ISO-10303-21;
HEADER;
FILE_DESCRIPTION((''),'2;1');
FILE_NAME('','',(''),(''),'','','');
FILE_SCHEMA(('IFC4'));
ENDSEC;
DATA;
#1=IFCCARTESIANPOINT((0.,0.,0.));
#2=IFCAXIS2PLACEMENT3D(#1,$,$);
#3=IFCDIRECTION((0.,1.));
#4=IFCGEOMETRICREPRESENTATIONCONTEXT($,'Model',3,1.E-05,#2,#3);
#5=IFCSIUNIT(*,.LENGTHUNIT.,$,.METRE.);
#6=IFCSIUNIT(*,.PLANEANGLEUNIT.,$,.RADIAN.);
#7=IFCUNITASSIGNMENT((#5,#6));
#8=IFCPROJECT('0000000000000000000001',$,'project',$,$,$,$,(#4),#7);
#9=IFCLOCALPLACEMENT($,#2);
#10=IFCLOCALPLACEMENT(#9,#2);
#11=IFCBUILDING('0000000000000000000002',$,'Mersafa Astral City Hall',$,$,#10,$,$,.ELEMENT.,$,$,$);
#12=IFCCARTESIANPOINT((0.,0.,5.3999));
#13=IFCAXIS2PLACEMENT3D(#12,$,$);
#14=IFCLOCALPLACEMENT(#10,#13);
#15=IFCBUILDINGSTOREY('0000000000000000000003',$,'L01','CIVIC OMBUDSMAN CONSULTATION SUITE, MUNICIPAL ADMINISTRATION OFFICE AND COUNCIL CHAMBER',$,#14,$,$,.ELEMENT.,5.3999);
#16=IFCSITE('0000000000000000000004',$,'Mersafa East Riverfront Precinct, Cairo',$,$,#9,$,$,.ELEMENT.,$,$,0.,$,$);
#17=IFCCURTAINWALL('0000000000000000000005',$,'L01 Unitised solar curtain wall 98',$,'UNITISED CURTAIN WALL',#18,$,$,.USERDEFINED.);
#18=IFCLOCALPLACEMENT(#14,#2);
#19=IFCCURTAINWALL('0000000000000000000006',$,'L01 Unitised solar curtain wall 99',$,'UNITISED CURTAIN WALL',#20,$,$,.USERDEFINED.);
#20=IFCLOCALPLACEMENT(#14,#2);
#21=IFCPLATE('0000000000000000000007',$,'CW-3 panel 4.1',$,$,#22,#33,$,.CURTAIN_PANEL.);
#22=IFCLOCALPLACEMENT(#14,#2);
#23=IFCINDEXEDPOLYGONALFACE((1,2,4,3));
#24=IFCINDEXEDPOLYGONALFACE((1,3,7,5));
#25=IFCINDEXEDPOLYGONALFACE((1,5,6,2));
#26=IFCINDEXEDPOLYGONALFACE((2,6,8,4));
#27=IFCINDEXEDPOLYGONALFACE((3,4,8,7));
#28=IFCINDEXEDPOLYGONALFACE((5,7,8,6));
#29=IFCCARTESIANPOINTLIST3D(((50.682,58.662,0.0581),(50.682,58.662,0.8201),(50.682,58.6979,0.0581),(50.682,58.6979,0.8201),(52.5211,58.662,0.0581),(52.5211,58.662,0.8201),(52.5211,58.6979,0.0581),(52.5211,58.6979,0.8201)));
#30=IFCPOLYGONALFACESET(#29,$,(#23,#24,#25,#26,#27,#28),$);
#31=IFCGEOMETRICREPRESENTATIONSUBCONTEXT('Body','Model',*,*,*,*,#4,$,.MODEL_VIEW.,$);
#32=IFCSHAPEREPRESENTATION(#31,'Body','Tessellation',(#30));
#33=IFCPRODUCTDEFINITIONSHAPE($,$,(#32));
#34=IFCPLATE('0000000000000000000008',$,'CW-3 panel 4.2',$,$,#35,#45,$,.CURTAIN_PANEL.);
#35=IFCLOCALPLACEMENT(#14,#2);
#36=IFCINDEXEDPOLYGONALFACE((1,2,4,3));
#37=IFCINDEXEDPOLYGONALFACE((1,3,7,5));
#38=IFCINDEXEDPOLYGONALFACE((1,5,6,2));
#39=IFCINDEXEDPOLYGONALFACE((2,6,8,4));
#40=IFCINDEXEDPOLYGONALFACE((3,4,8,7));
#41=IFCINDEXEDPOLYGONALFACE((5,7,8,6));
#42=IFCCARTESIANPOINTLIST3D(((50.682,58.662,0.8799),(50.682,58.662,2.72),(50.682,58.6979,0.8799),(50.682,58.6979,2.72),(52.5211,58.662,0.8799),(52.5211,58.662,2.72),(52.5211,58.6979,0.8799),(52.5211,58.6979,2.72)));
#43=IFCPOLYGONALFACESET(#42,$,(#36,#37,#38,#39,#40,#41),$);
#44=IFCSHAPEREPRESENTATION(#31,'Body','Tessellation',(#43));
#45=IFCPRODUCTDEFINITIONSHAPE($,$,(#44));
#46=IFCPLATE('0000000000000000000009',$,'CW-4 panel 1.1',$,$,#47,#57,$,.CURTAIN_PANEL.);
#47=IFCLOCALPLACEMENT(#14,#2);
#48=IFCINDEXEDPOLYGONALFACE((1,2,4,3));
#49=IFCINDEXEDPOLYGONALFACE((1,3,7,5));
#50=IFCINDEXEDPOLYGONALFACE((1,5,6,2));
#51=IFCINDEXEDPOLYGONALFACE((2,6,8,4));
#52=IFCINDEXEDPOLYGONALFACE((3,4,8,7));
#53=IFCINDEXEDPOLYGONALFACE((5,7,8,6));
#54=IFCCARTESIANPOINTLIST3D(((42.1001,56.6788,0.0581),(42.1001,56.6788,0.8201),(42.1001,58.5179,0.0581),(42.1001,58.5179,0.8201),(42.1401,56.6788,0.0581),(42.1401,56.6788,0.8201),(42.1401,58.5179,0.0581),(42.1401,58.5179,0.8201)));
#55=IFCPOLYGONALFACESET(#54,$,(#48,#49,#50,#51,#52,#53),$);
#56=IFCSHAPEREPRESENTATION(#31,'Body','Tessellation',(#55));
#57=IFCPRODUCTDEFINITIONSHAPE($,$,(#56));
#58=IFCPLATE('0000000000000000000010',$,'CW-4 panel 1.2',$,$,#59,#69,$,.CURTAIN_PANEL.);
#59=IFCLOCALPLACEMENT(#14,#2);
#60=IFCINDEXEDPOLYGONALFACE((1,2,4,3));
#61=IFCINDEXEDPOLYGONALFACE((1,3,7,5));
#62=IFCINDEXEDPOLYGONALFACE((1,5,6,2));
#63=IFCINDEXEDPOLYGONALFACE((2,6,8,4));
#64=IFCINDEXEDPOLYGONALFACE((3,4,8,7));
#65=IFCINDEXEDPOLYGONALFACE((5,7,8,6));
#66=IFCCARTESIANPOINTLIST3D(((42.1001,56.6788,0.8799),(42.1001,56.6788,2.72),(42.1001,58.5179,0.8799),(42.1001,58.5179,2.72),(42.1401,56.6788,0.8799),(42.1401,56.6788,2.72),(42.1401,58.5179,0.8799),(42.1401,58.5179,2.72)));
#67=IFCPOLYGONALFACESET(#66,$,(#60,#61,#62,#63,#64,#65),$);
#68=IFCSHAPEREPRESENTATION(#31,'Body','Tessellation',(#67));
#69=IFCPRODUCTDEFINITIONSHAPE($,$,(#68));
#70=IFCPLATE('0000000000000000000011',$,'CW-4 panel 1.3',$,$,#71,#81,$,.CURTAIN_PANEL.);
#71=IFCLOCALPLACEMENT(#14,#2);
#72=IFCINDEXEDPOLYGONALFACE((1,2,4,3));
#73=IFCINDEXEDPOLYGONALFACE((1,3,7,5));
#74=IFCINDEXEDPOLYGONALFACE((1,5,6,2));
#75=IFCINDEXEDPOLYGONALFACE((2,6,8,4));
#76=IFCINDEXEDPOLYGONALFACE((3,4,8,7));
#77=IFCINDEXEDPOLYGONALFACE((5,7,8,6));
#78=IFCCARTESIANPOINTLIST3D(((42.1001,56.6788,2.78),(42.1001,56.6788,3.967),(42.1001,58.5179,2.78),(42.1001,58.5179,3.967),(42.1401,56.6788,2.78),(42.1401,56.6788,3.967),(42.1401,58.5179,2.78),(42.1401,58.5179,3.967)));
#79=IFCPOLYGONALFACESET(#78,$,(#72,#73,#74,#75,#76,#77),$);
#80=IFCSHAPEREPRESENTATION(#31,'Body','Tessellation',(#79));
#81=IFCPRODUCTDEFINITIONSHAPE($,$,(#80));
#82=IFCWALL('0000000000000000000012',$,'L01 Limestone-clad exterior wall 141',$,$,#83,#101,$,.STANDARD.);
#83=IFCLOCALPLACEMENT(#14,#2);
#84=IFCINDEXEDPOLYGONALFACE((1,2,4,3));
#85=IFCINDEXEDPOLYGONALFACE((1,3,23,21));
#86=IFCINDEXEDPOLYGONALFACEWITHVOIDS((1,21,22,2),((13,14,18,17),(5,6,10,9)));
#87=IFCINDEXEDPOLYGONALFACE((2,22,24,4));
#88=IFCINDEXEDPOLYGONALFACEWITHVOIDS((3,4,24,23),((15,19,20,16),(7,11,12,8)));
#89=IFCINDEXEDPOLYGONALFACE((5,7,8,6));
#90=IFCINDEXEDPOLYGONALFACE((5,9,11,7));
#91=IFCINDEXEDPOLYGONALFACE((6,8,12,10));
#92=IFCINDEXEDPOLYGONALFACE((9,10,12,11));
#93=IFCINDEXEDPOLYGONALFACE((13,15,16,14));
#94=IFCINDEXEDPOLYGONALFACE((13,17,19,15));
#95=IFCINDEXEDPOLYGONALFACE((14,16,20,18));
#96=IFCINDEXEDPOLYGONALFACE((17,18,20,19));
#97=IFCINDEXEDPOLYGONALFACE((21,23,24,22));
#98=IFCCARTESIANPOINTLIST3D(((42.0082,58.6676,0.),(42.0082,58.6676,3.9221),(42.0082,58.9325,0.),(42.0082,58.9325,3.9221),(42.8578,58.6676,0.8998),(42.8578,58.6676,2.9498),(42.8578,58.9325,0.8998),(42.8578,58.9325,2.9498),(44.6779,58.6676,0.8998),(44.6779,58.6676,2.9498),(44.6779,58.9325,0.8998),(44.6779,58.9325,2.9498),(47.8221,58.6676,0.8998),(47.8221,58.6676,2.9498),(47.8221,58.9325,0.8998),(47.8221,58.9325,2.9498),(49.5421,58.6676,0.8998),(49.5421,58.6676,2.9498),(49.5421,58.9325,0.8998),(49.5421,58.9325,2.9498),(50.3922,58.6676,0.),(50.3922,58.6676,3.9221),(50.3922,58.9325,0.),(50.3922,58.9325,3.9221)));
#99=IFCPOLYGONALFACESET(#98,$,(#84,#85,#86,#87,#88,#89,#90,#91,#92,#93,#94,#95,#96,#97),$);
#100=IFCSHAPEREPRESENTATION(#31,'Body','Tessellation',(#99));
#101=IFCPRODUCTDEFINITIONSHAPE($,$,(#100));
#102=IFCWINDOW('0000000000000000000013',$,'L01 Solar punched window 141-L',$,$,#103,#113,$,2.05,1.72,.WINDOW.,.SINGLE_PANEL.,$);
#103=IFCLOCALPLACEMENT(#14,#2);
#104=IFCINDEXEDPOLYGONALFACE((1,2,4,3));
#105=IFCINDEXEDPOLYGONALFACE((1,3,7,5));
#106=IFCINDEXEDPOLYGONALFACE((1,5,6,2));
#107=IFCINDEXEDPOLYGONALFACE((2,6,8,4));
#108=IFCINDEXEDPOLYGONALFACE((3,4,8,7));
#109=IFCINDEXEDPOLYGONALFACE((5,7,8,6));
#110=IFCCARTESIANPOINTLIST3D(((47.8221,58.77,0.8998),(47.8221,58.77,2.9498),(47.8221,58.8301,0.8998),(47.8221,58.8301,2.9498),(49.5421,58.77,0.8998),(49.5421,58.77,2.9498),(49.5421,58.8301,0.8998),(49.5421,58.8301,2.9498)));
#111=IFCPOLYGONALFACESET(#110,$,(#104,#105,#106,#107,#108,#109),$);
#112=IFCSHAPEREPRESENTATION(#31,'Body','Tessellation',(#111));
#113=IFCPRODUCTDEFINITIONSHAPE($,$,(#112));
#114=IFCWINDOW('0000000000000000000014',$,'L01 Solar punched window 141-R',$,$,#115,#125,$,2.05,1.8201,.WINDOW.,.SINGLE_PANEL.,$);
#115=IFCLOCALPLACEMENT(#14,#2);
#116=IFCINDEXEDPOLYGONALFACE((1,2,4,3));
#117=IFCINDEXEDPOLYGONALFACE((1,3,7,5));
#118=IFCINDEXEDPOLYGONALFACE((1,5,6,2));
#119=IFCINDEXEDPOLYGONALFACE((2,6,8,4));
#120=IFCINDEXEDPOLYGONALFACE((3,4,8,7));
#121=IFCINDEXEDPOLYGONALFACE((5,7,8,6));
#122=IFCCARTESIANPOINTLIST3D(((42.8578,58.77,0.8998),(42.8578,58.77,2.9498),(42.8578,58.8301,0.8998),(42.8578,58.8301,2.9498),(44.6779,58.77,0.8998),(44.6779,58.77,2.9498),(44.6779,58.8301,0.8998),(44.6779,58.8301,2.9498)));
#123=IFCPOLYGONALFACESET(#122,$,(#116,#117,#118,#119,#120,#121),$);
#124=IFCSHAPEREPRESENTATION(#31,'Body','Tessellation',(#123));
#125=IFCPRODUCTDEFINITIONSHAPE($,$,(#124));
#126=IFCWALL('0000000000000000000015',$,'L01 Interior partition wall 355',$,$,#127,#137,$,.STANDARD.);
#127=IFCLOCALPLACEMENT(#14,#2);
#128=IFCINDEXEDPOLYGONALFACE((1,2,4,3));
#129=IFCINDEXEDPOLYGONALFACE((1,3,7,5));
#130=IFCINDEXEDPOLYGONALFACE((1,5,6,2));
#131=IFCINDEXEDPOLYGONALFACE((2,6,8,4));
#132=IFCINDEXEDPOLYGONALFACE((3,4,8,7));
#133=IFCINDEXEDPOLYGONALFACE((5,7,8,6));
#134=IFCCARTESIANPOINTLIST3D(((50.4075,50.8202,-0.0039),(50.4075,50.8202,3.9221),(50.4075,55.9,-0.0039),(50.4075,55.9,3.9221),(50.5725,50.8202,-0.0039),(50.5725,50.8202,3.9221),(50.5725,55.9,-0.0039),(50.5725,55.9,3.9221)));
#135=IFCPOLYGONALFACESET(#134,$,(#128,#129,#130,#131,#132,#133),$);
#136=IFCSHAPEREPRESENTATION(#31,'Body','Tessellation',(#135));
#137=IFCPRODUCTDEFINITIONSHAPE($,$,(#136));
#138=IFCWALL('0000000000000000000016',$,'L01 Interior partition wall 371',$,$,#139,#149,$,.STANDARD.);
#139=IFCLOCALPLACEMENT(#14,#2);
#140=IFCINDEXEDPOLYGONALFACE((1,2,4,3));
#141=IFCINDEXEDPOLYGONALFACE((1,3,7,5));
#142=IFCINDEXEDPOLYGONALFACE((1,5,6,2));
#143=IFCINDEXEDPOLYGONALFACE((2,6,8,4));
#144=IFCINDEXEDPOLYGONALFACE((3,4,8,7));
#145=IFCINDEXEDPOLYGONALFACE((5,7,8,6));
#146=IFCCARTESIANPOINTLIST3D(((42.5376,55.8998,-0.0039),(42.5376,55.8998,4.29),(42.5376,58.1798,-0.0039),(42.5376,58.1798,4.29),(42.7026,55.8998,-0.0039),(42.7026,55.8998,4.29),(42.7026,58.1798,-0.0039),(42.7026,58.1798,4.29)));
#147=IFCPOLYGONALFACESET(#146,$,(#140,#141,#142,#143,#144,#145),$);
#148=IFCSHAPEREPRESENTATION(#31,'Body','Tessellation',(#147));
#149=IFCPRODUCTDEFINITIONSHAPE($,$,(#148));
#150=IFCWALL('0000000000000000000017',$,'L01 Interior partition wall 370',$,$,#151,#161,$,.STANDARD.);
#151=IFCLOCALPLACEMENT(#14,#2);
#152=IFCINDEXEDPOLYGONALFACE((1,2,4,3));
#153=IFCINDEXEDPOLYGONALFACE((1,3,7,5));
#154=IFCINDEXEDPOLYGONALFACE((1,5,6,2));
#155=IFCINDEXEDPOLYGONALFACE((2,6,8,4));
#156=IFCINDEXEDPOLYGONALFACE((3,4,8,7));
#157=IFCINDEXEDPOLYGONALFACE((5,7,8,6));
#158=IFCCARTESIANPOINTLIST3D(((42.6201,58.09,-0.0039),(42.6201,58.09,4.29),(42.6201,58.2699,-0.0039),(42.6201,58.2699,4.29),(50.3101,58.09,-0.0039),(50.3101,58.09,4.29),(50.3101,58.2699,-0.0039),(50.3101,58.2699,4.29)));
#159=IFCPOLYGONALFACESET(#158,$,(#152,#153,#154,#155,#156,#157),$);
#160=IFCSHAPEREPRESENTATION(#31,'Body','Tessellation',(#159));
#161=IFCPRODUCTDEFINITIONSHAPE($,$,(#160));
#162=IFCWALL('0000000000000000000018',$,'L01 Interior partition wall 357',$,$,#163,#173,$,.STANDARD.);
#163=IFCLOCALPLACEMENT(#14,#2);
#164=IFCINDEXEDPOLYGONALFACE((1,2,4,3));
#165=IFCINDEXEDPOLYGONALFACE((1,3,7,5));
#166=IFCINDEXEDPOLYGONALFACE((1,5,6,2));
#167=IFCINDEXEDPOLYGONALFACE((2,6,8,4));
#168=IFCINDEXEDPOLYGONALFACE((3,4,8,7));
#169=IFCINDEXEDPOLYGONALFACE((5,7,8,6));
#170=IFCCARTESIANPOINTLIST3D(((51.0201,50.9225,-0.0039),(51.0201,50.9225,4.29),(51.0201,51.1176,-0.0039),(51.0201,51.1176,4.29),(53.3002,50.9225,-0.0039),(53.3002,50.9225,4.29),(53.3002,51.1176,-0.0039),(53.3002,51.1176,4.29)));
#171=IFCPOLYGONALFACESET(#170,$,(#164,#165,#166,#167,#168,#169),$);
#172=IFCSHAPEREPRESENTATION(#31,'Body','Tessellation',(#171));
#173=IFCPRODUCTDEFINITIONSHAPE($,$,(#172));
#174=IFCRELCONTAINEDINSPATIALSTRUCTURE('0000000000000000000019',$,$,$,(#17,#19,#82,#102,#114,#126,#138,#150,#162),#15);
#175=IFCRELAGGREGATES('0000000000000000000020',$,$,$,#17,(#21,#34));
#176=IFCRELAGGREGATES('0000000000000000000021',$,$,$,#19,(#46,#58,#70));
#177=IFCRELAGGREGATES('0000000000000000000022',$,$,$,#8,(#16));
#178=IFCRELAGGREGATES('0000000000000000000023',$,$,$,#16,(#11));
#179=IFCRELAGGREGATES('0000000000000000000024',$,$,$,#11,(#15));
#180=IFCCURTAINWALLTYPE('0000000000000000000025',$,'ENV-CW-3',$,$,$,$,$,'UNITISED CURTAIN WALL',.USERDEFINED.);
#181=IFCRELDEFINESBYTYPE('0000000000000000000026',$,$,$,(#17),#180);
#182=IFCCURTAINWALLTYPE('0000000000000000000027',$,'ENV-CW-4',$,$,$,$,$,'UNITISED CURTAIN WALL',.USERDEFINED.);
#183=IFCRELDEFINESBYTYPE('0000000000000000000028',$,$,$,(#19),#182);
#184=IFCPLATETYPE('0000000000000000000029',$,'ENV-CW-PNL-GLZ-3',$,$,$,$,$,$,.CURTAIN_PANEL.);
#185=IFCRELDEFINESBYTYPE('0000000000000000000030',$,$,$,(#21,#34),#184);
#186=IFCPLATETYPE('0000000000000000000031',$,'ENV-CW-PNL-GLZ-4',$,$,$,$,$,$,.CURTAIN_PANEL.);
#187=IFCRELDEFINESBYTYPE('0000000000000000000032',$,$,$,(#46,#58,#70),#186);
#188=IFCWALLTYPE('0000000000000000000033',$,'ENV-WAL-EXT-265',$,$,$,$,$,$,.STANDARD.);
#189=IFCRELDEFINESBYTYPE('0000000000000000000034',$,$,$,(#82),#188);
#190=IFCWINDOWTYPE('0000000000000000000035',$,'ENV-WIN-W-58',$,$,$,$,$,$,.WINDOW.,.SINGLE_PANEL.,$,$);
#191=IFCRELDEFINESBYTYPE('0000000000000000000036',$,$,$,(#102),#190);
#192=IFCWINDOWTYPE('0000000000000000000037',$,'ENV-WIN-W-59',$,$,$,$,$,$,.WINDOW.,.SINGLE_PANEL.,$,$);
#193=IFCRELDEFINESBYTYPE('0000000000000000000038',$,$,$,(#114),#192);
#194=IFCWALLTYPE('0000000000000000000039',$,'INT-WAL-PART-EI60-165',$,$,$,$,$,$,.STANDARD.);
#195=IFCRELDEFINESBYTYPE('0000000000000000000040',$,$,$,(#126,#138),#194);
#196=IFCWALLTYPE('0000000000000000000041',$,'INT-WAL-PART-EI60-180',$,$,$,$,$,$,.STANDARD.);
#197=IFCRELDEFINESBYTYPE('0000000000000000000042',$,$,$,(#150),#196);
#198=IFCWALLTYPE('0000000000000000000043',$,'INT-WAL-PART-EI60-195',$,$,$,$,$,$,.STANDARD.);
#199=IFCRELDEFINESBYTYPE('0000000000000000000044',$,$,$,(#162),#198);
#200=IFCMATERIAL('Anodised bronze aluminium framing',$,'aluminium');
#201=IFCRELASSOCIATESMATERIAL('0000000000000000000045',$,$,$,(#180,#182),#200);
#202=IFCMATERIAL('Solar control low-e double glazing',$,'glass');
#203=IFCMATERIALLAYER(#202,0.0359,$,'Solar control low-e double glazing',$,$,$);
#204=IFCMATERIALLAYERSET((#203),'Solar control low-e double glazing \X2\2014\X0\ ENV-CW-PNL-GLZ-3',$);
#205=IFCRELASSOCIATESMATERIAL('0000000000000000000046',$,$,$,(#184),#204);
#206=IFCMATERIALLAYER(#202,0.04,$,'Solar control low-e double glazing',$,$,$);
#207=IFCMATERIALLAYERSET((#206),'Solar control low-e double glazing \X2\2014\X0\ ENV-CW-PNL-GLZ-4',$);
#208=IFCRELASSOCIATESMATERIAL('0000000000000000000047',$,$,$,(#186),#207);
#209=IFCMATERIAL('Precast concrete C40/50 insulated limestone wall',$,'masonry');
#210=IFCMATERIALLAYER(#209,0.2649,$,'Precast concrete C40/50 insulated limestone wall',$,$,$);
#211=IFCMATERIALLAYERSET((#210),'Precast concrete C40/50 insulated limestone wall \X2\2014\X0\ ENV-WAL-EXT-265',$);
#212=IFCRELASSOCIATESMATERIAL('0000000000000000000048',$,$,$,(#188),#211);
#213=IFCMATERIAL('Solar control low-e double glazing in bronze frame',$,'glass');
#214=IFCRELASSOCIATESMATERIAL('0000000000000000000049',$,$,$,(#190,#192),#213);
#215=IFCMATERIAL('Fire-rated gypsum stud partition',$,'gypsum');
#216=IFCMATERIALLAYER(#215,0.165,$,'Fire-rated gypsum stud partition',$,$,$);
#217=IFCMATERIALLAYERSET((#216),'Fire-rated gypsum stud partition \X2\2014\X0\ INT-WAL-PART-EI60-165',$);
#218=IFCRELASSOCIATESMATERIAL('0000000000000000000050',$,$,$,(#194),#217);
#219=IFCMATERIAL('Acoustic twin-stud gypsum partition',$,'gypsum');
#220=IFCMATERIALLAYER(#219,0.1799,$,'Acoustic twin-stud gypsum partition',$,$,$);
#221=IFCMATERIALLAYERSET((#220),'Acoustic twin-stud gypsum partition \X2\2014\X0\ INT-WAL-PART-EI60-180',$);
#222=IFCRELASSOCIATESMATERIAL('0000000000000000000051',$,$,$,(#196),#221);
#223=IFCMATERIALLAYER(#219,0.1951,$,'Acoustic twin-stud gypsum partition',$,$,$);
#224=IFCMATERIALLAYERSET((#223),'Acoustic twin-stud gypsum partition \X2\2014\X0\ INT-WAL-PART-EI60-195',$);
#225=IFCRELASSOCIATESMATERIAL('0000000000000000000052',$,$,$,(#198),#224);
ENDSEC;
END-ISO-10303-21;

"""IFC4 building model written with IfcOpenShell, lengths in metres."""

from ifc_helpers import new_model, si_unit, direction, frame, frame_2d, origin, origin_2d, place, context, subcontext, project, spatial, rectangle, extrude, material, layer, layer_set, type_object, element, fill, aggregate, save


model = new_model("IFC4")

# Units and contexts
model_context = context("Model", 3, precision=1e-05, world=origin(), true_north=direction((0.0, 1.0)))
body_context = subcontext(model_context, "Body", "Model", "MODEL_VIEW")
ifc_project = project(units=[si_unit("LENGTHUNIT", "METRE"), si_unit("PLANEANGLEUNIT", "RADIAN")], contexts=[model_context])

# Site, building, storey
site_placement = place(None, origin())
site = spatial("IfcSite", under=ifc_project, at=site_placement, Name="Mersafa East Riverfront Precinct, Cairo", CompositionType="ELEMENT", RefElevation=0.0)
building_placement = place(site_placement, origin())
building = spatial("IfcBuilding", under=site, at=building_placement, Name="Mersafa Astral City Hall", CompositionType="ELEMENT")
storey_placement = place(building_placement, frame((0.0, 0.0, 5.3999)))
storey = spatial("IfcBuildingStorey", under=building, at=storey_placement, Name="L01", Description="CIVIC OMBUDSMAN CONSULTATION SUITE, MUNICIPAL ADMINISTRATION OFFICE AND COUNCIL CHAMBER", CompositionType="ELEMENT", Elevation=5.3999)

# Curtain wall
ifc_material_1 = material(Name="Anodised bronze aluminium framing", Category="aluminium")
curtain_wall_type_1 = type_object("IfcCurtainWallType", Name="ENV-CW-3", ElementType="UNITISED CURTAIN WALL", PredefinedType="USERDEFINED", material=ifc_material_1)
curtain_wall_1_placement = place(storey_placement, origin())
curtain_wall_1 = element("IfcCurtainWall", 1, at=curtain_wall_1_placement, inside=storey, type_object=curtain_wall_type_1, Name="L01 Unitised solar curtain wall 98", ObjectType="UNITISED CURTAIN WALL", PredefinedType="USERDEFINED")

# Curtain wall
curtain_wall_type_2 = type_object("IfcCurtainWallType", Name="ENV-CW-4", ElementType="UNITISED CURTAIN WALL", PredefinedType="USERDEFINED", material=ifc_material_1)
curtain_wall_2_placement = place(storey_placement, origin())
curtain_wall_2 = element("IfcCurtainWall", 2, at=curtain_wall_2_placement, inside=storey, type_object=curtain_wall_type_2, Name="L01 Unitised solar curtain wall 99", ObjectType="UNITISED CURTAIN WALL", PredefinedType="USERDEFINED")

# Plates
ifc_material_2 = material(Name="Solar control low-e double glazing", Category="glass")
ifc_layer_1 = layer(ifc_material_2, 0.0359, Name="Solar control low-e double glazing")
ifc_layer_set_1 = layer_set([ifc_layer_1], Name="Solar control low-e double glazing — ENV-CW-PNL-GLZ-3")
plate_type_1 = type_object("IfcPlateType", Name="ENV-CW-PNL-GLZ-3", PredefinedType="CURTAIN_PANEL", material=ifc_layer_set_1)
plate_1_placement = place(storey_placement, frame((51.6016, 58.6799, 0.0581), z_axis=(0.0, 0.0, 1.0), x_axis=(-1.0, 0.0, 0.0)))
plate_1 = element("IfcPlate", 3, at=plate_1_placement, type_object=plate_type_1, Name="CW-3 panel 4.1", PredefinedType="CURTAIN_PANEL", context=body_context, shape_type="SweptSolid", body=[
    extrude(rectangle(XDim=1.8391, YDim=0.0359, at=origin_2d()), origin(), (0.0, 0.0, 1.0), 0.762),
])
plate_2_placement = place(storey_placement, frame((51.6016, 58.6799, 0.8799), z_axis=(0.0, 0.0, 1.0), x_axis=(-1.0, 0.0, 0.0)))
plate_2 = element("IfcPlate", 4, at=plate_2_placement, type_object=plate_type_1, Name="CW-3 panel 4.2", PredefinedType="CURTAIN_PANEL", context=body_context, shape_type="SweptSolid", body=[
    extrude(rectangle(XDim=1.8391, YDim=0.0359, at=origin_2d()), origin(), (0.0, 0.0, 1.0), 1.8401),
])
aggregate(curtain_wall_1, [plate_1, plate_2])
ifc_layer_2 = layer(ifc_material_2, 0.04, Name="Solar control low-e double glazing")
ifc_layer_set_2 = layer_set([ifc_layer_2], Name="Solar control low-e double glazing — ENV-CW-PNL-GLZ-4")
plate_type_2 = type_object("IfcPlateType", Name="ENV-CW-PNL-GLZ-4", PredefinedType="CURTAIN_PANEL", material=ifc_layer_set_2)
plate_3_placement = place(storey_placement, frame((42.1201, 57.5984, 0.0581), z_axis=(0.0, 0.0, 1.0), x_axis=(0.0, -1.0, 0.0)))
plate_3 = element("IfcPlate", 5, at=plate_3_placement, type_object=plate_type_2, Name="CW-4 panel 1.1", PredefinedType="CURTAIN_PANEL", context=body_context, shape_type="SweptSolid", body=[
    extrude(rectangle(XDim=1.8391, YDim=0.04, at=origin_2d()), origin(), (0.0, 0.0, 1.0), 0.762),
])
plate_4_placement = place(storey_placement, frame((42.1201, 57.5984, 0.8799), z_axis=(0.0, 0.0, 1.0), x_axis=(0.0, -1.0, 0.0)))
plate_4 = element("IfcPlate", 6, at=plate_4_placement, type_object=plate_type_2, Name="CW-4 panel 1.2", PredefinedType="CURTAIN_PANEL", context=body_context, shape_type="SweptSolid", body=[
    extrude(rectangle(XDim=1.8391, YDim=0.04, at=origin_2d()), origin(), (0.0, 0.0, 1.0), 1.8401),
])
plate_5_placement = place(storey_placement, frame((42.1201, 57.5984, 2.78), z_axis=(0.0, 0.0, 1.0), x_axis=(0.0, -1.0, 0.0)))
plate_5 = element("IfcPlate", 7, at=plate_5_placement, type_object=plate_type_2, Name="CW-4 panel 1.3", PredefinedType="CURTAIN_PANEL", context=body_context, shape_type="SweptSolid", body=[
    extrude(rectangle(XDim=1.8391, YDim=0.04, at=origin_2d()), origin(), (0.0, 0.0, 1.0), 1.187),
])
aggregate(curtain_wall_2, [plate_3, plate_4, plate_5])

# Wall, openings, windows
ifc_material_3 = material(Name="Precast concrete C40/50 insulated limestone wall", Category="masonry")
ifc_layer_3 = layer(ifc_material_3, 0.2649, Name="Precast concrete C40/50 insulated limestone wall")
ifc_layer_set_3 = layer_set([ifc_layer_3], Name="Precast concrete C40/50 insulated limestone wall — ENV-WAL-EXT-265")
wall_type_1 = type_object("IfcWallType", Name="ENV-WAL-EXT-265", PredefinedType="STANDARD", material=ifc_layer_set_3)
wall_1_placement = place(storey_placement, frame((50.3921, 58.8, 0.0), z_axis=(0.0, 0.0, 1.0), x_axis=(-1.0, 0.0, 0.0)))
wall_1 = element("IfcWall", 8, at=wall_1_placement, inside=storey, type_object=wall_type_1, Name="L01 Limestone-clad exterior wall 141", PredefinedType="STANDARD", context=body_context, shape_type="SweptSolid", body=[
    extrude(rectangle(XDim=8.384, YDim=0.2649, at=frame_2d((4.1919, 0.0))), origin(), (0.0, 0.0, 1.0), 3.9221),
])
opening_1_placement = place(wall_1_placement, frame((0.8501, 0.0, 0.8999)))
opening_1 = element("IfcOpeningElement", 9, at=opening_1_placement, cuts=wall_1, PredefinedType="OPENING", context=body_context, shape_type="SweptSolid", body=[
    extrude(rectangle(XDim=1.72, YDim=2.05, at=frame_2d((0.8599, 1.0249))), frame((0.0, 0.1423, 0.0), z_axis=(0.0, -1.0, 0.0), x_axis=(1.0, 0.0, 0.0)), (0.0, 0.0, 1.0), 0.2849),
])
opening_2_placement = place(wall_1_placement, frame((5.7141, 0.0, 0.8999)))
opening_2 = element("IfcOpeningElement", 10, at=opening_2_placement, cuts=wall_1, PredefinedType="OPENING", context=body_context, shape_type="SweptSolid", body=[
    extrude(rectangle(XDim=1.8201, YDim=2.05, at=frame_2d((0.9102, 1.0249))), frame((0.0, 0.1423, 0.0), z_axis=(0.0, -1.0, 0.0), x_axis=(1.0, 0.0, 0.0)), (0.0, 0.0, 1.0), 0.2849),
])
ifc_material_4 = material(Name="Solar control low-e double glazing in bronze frame", Category="glass")
window_type_1 = type_object("IfcWindowType", Name="ENV-WIN-W-58", PartitioningType="SINGLE_PANEL", PredefinedType="WINDOW", material=ifc_material_4)
window_1_placement = place(opening_1_placement, origin())
window_1 = element("IfcWindow", 11, at=window_1_placement, inside=storey, type_object=window_type_1, Name="L01 Solar punched window 141-L", OverallHeight=2.05, OverallWidth=1.72, PartitioningType="SINGLE_PANEL", PredefinedType="WINDOW", context=body_context, shape_type="SweptSolid", body=[
    extrude(rectangle(XDim=1.72, YDim=2.05, at=frame_2d((0.8599, 1.0249))), frame((0.0, 0.03, 0.0), z_axis=(0.0, -1.0, 0.0), x_axis=(1.0, 0.0, 0.0)), (0.0, 0.0, 1.0), 0.0601),
])
fill(opening_1, window_1)
window_type_2 = type_object("IfcWindowType", Name="ENV-WIN-W-59", PartitioningType="SINGLE_PANEL", PredefinedType="WINDOW", material=ifc_material_4)
window_2_placement = place(opening_2_placement, origin())
window_2 = element("IfcWindow", 12, at=window_2_placement, inside=storey, type_object=window_type_2, Name="L01 Solar punched window 141-R", OverallHeight=2.05, OverallWidth=1.8201, PartitioningType="SINGLE_PANEL", PredefinedType="WINDOW", context=body_context, shape_type="SweptSolid", body=[
    extrude(rectangle(XDim=1.8201, YDim=2.05, at=frame_2d((0.9102, 1.0249))), frame((0.0, 0.03, 0.0), z_axis=(0.0, -1.0, 0.0), x_axis=(1.0, 0.0, 0.0)), (0.0, 0.0, 1.0), 0.0601),
])
fill(opening_2, window_2)

# Walls
ifc_material_5 = material(Name="Fire-rated gypsum stud partition", Category="gypsum")
ifc_layer_4 = layer(ifc_material_5, 0.165, Name="Fire-rated gypsum stud partition")
ifc_layer_set_4 = layer_set([ifc_layer_4], Name="Fire-rated gypsum stud partition — INT-WAL-PART-EI60-165")
wall_type_2 = type_object("IfcWallType", Name="INT-WAL-PART-EI60-165", PredefinedType="STANDARD", material=ifc_layer_set_4)
wall_2_placement = place(storey_placement, frame((50.49, 50.8201, -0.0039), z_axis=(0.0, 0.0, 1.0), x_axis=(0.0, 1.0, 0.0)))
element("IfcWall", 13, at=wall_2_placement, inside=storey, type_object=wall_type_2, Name="L01 Interior partition wall 355", PredefinedType="STANDARD", context=body_context, shape_type="SweptSolid", body=[
    extrude(rectangle(XDim=5.0798, YDim=0.165, at=frame_2d((2.54, 0.0))), origin(), (0.0, 0.0, 1.0), 3.926),
])
wall_3_placement = place(storey_placement, frame((42.6201, 58.1799, -0.0039), z_axis=(0.0, 0.0, 1.0), x_axis=(0.0, -1.0, 0.0)))
element("IfcWall", 14, at=wall_3_placement, inside=storey, type_object=wall_type_2, Name="L01 Interior partition wall 371", PredefinedType="STANDARD", context=body_context, shape_type="SweptSolid", body=[
    extrude(rectangle(XDim=2.28, YDim=0.165, at=frame_2d((1.1401, 0.0))), origin(), (0.0, 0.0, 1.0), 4.2939),
])
ifc_material_6 = material(Name="Acoustic twin-stud gypsum partition", Category="gypsum")
ifc_layer_5 = layer(ifc_material_6, 0.1799, Name="Acoustic twin-stud gypsum partition")
ifc_layer_set_5 = layer_set([ifc_layer_5], Name="Acoustic twin-stud gypsum partition — INT-WAL-PART-EI60-180")
wall_type_3 = type_object("IfcWallType", Name="INT-WAL-PART-EI60-180", PredefinedType="STANDARD", material=ifc_layer_set_5)
wall_4_placement = place(storey_placement, frame((50.3101, 58.1799, -0.0039), z_axis=(0.0, 0.0, 1.0), x_axis=(-1.0, 0.0, 0.0)))
element("IfcWall", 15, at=wall_4_placement, inside=storey, type_object=wall_type_3, Name="L01 Interior partition wall 370", PredefinedType="STANDARD", context=body_context, shape_type="SweptSolid", body=[
    extrude(rectangle(XDim=7.6899, YDim=0.1799, at=frame_2d((3.845, 0.0))), origin(), (0.0, 0.0, 1.0), 4.2939),
])
ifc_layer_6 = layer(ifc_material_6, 0.1951, Name="Acoustic twin-stud gypsum partition")
ifc_layer_set_6 = layer_set([ifc_layer_6], Name="Acoustic twin-stud gypsum partition — INT-WAL-PART-EI60-195")
wall_type_4 = type_object("IfcWallType", Name="INT-WAL-PART-EI60-195", PredefinedType="STANDARD", material=ifc_layer_set_6)
wall_5_placement = place(storey_placement, frame((51.02, 51.02, -0.0039), z_axis=(0.0, 0.0, 1.0), x_axis=(1.0, 0.0, 0.0)))
element("IfcWall", 16, at=wall_5_placement, inside=storey, type_object=wall_type_4, Name="L01 Interior partition wall 357", PredefinedType="STANDARD", context=body_context, shape_type="SweptSolid", body=[
    extrude(rectangle(XDim=2.28, YDim=0.1951, at=frame_2d((1.1401, 0.0))), origin(), (0.0, 0.0, 1.0), 4.2939),
])

save(model, "model.ifc")
